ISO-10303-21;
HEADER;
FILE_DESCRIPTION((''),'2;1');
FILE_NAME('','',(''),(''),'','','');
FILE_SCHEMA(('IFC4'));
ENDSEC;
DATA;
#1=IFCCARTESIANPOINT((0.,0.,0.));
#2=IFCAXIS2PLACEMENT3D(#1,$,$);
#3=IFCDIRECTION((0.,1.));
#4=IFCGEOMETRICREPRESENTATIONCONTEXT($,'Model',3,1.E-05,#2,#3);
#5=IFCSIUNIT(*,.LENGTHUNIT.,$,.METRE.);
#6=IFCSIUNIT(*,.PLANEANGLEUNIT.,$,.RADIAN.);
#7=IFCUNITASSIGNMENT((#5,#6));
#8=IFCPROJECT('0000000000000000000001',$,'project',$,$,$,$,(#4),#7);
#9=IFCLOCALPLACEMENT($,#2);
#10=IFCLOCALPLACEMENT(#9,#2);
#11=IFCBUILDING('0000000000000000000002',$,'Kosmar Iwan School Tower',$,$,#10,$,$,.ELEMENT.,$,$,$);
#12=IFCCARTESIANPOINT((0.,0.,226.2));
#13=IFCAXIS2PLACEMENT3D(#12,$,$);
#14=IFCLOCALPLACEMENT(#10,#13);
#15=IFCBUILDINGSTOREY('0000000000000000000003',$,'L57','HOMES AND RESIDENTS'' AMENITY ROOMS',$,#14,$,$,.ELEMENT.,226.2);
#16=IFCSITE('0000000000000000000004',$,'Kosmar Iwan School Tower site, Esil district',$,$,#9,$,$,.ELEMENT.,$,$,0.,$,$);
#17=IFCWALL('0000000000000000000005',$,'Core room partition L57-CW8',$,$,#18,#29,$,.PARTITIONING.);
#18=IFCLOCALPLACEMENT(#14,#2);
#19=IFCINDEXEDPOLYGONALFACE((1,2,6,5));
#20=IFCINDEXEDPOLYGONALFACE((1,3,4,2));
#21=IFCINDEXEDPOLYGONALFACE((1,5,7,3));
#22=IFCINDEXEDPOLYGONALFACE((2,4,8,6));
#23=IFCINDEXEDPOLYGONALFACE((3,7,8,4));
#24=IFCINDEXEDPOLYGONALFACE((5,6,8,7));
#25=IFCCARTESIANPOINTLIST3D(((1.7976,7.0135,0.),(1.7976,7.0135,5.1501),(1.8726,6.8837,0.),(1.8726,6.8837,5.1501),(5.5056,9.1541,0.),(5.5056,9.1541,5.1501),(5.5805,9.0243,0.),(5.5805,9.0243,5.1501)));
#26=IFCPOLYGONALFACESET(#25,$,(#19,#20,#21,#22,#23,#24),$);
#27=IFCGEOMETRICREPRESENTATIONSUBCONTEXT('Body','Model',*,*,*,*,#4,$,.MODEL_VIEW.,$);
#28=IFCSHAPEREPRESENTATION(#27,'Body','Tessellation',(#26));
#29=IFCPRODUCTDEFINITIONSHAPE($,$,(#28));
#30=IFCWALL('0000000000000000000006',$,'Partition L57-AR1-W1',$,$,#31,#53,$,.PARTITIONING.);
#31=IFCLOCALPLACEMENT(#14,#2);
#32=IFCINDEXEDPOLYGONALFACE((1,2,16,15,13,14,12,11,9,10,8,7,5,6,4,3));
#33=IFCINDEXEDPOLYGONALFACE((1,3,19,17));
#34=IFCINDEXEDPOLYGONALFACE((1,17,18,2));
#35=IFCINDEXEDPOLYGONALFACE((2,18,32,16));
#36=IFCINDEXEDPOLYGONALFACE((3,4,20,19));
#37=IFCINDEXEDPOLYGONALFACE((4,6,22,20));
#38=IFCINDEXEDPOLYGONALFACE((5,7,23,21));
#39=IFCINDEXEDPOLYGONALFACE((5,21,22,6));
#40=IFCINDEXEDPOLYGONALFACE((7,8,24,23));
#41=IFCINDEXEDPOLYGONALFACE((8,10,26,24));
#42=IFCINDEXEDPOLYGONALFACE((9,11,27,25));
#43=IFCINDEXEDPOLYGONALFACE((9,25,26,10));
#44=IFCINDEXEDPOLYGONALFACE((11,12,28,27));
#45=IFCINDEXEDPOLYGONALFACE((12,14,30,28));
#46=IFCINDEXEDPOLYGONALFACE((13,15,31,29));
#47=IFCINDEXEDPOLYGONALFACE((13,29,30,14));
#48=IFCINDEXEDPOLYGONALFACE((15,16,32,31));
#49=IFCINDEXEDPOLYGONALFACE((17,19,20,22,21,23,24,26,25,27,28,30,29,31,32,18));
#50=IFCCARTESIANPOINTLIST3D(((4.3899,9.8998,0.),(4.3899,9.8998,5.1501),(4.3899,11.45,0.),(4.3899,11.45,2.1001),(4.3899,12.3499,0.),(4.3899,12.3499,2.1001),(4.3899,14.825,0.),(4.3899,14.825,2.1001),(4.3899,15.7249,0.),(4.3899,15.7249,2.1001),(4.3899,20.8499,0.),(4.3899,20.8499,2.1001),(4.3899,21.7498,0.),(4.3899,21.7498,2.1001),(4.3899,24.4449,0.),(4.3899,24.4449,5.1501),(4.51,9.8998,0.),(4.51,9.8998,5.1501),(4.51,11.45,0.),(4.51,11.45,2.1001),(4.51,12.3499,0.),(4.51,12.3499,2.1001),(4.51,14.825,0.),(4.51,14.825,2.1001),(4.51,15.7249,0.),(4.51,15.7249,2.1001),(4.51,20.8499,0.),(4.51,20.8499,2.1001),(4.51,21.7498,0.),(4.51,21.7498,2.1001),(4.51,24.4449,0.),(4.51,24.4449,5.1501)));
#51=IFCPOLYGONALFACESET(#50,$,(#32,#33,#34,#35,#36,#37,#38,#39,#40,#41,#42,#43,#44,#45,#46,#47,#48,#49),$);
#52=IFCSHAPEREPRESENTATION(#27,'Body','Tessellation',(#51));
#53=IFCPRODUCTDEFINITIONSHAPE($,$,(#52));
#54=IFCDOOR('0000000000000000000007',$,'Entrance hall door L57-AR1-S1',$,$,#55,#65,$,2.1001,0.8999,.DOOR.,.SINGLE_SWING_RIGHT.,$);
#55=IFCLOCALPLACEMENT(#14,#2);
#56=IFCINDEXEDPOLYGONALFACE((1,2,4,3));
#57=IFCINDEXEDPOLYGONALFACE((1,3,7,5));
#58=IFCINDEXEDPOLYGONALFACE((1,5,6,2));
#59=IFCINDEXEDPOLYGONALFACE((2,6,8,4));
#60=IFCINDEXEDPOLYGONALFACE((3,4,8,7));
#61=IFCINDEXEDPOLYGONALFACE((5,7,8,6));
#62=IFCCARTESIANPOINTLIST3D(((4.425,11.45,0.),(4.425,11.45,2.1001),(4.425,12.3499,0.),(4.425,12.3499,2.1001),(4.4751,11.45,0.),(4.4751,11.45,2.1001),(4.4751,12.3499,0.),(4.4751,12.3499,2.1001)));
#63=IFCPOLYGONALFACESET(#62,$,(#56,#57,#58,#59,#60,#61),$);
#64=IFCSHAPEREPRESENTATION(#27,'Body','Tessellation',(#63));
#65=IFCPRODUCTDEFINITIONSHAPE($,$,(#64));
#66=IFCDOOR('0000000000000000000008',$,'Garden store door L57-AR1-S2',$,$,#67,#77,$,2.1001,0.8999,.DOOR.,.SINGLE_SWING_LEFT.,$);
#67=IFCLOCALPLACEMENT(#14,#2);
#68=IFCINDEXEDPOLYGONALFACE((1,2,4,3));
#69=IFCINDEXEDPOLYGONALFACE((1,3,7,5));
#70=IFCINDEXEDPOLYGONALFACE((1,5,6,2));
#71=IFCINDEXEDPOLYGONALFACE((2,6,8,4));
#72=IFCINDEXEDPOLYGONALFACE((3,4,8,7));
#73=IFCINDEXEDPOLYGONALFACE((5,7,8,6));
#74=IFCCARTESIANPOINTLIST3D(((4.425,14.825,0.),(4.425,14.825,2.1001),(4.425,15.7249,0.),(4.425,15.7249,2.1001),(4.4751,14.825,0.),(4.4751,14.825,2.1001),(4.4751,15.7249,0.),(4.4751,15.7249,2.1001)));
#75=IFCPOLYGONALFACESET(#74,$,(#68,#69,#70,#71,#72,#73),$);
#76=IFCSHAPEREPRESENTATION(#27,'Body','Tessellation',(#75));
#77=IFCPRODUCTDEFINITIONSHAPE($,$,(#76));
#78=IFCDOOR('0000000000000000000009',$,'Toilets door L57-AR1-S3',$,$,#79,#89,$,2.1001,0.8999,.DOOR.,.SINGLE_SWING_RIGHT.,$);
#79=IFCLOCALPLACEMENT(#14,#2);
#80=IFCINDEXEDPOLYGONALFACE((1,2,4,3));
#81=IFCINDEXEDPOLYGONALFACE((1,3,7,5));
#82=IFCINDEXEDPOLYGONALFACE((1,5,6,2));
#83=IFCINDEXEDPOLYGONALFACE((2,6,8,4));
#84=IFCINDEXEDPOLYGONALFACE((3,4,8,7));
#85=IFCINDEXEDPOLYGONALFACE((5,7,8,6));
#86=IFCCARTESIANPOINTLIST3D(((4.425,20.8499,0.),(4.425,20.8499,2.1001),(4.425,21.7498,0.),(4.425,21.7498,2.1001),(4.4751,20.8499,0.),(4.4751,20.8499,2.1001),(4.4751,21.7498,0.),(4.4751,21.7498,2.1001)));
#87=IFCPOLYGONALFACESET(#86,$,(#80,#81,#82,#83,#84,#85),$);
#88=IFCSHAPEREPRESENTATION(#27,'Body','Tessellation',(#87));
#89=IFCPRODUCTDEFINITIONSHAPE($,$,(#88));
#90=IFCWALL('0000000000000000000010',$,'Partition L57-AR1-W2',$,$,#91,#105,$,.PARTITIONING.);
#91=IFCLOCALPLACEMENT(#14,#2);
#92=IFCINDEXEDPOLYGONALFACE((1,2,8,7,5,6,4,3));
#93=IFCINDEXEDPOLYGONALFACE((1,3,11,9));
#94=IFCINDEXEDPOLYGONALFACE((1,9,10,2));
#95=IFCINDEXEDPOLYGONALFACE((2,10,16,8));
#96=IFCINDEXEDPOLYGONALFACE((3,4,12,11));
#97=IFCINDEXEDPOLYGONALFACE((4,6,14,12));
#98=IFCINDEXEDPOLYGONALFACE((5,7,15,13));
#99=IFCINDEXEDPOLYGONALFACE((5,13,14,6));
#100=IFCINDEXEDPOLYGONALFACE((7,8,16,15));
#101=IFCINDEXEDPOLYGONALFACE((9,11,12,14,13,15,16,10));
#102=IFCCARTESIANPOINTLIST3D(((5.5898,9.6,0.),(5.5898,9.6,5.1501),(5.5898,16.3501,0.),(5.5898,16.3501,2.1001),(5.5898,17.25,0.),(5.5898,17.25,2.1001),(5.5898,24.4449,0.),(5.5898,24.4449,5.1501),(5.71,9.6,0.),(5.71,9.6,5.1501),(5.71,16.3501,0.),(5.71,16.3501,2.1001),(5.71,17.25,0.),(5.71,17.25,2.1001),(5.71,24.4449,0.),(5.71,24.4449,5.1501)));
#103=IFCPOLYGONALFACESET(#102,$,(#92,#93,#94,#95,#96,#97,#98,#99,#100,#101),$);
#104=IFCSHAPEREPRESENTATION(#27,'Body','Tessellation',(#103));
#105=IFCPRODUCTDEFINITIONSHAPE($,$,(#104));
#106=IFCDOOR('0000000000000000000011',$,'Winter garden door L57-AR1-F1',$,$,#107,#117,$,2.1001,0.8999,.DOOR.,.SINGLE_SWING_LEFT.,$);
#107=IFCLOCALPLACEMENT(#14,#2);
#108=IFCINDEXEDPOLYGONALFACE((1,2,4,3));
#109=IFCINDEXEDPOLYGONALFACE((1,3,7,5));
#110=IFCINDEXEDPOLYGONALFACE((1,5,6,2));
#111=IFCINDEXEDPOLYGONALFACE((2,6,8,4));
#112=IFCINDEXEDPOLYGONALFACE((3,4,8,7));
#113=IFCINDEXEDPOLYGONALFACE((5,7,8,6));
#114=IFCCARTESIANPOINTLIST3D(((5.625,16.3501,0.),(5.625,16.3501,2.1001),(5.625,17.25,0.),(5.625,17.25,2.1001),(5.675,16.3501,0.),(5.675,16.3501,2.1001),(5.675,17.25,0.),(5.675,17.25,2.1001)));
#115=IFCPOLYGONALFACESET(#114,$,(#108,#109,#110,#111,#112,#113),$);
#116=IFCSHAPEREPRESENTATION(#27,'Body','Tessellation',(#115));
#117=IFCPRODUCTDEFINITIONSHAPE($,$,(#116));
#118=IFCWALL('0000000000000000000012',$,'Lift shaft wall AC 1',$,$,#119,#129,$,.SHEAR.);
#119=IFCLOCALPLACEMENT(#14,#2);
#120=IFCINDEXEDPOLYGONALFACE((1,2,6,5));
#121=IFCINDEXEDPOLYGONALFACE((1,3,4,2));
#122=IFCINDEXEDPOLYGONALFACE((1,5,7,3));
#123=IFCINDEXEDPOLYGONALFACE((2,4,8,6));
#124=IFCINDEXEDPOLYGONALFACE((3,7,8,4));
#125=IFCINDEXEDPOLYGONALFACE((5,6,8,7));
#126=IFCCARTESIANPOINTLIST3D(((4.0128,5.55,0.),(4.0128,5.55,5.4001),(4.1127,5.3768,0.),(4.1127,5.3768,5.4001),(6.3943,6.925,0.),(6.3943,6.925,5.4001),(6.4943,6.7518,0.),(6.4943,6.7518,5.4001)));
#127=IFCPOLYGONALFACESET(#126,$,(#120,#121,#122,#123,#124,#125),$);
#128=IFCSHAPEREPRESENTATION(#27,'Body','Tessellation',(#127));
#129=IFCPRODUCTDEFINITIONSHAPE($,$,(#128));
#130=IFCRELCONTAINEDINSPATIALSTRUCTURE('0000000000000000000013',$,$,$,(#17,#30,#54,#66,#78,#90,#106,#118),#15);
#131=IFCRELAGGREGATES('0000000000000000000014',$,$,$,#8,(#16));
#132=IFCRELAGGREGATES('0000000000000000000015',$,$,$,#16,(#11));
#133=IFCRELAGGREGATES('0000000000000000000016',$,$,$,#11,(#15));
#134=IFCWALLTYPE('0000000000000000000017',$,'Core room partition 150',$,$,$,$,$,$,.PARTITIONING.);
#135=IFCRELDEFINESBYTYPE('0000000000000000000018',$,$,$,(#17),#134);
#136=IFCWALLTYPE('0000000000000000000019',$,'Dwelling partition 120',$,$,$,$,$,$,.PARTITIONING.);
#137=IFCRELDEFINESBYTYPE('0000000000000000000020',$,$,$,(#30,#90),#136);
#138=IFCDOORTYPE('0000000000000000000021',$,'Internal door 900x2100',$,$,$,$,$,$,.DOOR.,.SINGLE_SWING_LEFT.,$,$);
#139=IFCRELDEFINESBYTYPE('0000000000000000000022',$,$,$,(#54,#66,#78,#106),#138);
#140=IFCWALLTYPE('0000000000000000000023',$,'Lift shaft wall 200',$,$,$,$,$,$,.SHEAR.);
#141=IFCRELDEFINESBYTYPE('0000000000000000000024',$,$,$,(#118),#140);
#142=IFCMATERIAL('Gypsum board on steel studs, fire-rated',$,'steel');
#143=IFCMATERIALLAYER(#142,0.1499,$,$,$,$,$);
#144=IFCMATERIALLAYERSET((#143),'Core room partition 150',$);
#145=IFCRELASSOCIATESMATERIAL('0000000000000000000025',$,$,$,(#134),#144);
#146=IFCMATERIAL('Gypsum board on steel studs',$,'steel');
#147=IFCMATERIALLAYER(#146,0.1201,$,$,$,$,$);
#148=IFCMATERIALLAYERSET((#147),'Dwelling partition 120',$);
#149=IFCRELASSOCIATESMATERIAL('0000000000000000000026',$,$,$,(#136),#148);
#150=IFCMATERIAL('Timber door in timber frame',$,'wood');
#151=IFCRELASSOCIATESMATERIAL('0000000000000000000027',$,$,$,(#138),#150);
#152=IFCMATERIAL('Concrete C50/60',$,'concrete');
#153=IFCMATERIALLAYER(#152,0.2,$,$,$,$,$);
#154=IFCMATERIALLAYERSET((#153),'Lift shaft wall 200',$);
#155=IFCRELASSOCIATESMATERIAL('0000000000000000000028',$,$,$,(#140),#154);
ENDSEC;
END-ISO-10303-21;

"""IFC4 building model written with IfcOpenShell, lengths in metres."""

from ifc_helpers import new_model, si_unit, direction, frame, frame_2d, origin, place, context, subcontext, project, spatial, rectangle, extrude, material, layer, layer_set, type_object, element, fill, save


model = new_model("IFC4")

# Units and contexts
model_context = context("Model", 3, precision=1e-05, world=origin(), true_north=direction((0.0, 1.0)))
body_context = subcontext(model_context, "Body", "Model", "MODEL_VIEW")
ifc_project = project(units=[si_unit("LENGTHUNIT", "METRE"), si_unit("PLANEANGLEUNIT", "RADIAN")], contexts=[model_context])

# Site, building, storey
site_placement = place(None, origin())
site = spatial("IfcSite", under=ifc_project, at=site_placement, Name="Kosmar Iwan School Tower site, Esil district", CompositionType="ELEMENT", RefElevation=0.0)
building_placement = place(site_placement, origin())
building = spatial("IfcBuilding", under=site, at=building_placement, Name="Kosmar Iwan School Tower", CompositionType="ELEMENT")
storey_placement = place(building_placement, frame((0.0, 0.0, 226.2)))
storey = spatial("IfcBuildingStorey", under=building, at=storey_placement, Name="L57", Description="HOMES AND RESIDENTS' AMENITY ROOMS", CompositionType="ELEMENT", Elevation=226.2)

# Wall
ifc_material_1 = material(Name="Gypsum board on steel studs, fire-rated", Category="steel")
ifc_layer_1 = layer(ifc_material_1, 0.1499)
ifc_layer_set_1 = layer_set([ifc_layer_1], Name="Core room partition 150")
wall_type_1 = type_object("IfcWallType", Name="Core room partition 150", PredefinedType="PARTITIONING", material=ifc_layer_set_1)
wall_1_placement = place(storey_placement, frame((5.543, 9.0891, 0.0), z_axis=(0.0, 0.0, 1.0), x_axis=(-0.866045, -0.499966, 0.0)))
element("IfcWall", 1, at=wall_1_placement, inside=storey, type_object=wall_type_1, Name="Core room partition L57-CW8", PredefinedType="PARTITIONING", context=body_context, shape_type="SweptSolid", body=[
    extrude(rectangle(XDim=4.2815, YDim=0.1499, at=frame_2d((2.1406, 0.0))), origin(), (0.0, 0.0, 1.0), 5.1501),
])

# Wall, openings, doors
ifc_material_2 = material(Name="Gypsum board on steel studs", Category="steel")
ifc_layer_2 = layer(ifc_material_2, 0.1201)
ifc_layer_set_2 = layer_set([ifc_layer_2], Name="Dwelling partition 120")
wall_type_2 = type_object("IfcWallType", Name="Dwelling partition 120", PredefinedType="PARTITIONING", material=ifc_layer_set_2)
wall_2_placement = place(storey_placement, frame((4.45, 9.8999, 0.0), z_axis=(0.0, 0.0, 1.0), x_axis=(0.0, 1.0, 0.0)))
wall_2 = element("IfcWall", 2, at=wall_2_placement, inside=storey, type_object=wall_type_2, Name="Partition L57-AR1-W1", PredefinedType="PARTITIONING", context=body_context, shape_type="SweptSolid", body=[
    extrude(rectangle(XDim=14.5452, YDim=0.1201, at=frame_2d((7.2725, 0.0))), origin(), (0.0, 0.0, 1.0), 5.1501),
])
opening_1_placement = place(wall_2_placement, frame((1.55, 0.0, 0.0)))
opening_1 = element("IfcOpeningElement", 3, at=opening_1_placement, cuts=wall_2, PredefinedType="OPENING", context=body_context, shape_type="SweptSolid", body=[
    extrude(rectangle(XDim=0.8999, YDim=2.1001, at=frame_2d((0.45, 1.05))), frame((0.0, 0.072, 0.0), z_axis=(0.0, -1.0, 0.0), x_axis=(1.0, 0.0, 0.0)), (0.0, 0.0, 1.0), 0.144),
])
opening_2_placement = place(wall_2_placement, frame((4.925, 0.0, 0.0)))
opening_2 = element("IfcOpeningElement", 4, at=opening_2_placement, cuts=wall_2, PredefinedType="OPENING", context=body_context, shape_type="SweptSolid", body=[
    extrude(rectangle(XDim=0.8999, YDim=2.1001, at=frame_2d((0.45, 1.05))), frame((0.0, 0.072, 0.0), z_axis=(0.0, -1.0, 0.0), x_axis=(1.0, 0.0, 0.0)), (0.0, 0.0, 1.0), 0.144),
])
opening_3_placement = place(wall_2_placement, frame((10.95, 0.0, 0.0)))
opening_3 = element("IfcOpeningElement", 5, at=opening_3_placement, cuts=wall_2, PredefinedType="OPENING", context=body_context, shape_type="SweptSolid", body=[
    extrude(rectangle(XDim=0.8999, YDim=2.1001, at=frame_2d((0.45, 1.05))), frame((0.0, 0.072, 0.0), z_axis=(0.0, -1.0, 0.0), x_axis=(1.0, 0.0, 0.0)), (0.0, 0.0, 1.0), 0.144),
])
ifc_material_3 = material(Name="Timber door in timber frame", Category="wood")
door_type = type_object("IfcDoorType", Name="Internal door 900x2100", OperationType="SINGLE_SWING_LEFT", PredefinedType="DOOR", material=ifc_material_3)
door_1_placement = place(opening_1_placement, origin())
door_1 = element("IfcDoor", 6, at=door_1_placement, inside=storey, type_object=door_type, Name="Entrance hall door L57-AR1-S1", OperationType="SINGLE_SWING_RIGHT", OverallHeight=2.1001, OverallWidth=0.8999, PredefinedType="DOOR", context=body_context, shape_type="SweptSolid", body=[
    extrude(rectangle(XDim=0.8999, YDim=2.1001, at=frame_2d((0.45, 1.05))), frame((0.0, 0.0249, 0.0), z_axis=(0.0, -1.0, 0.0), x_axis=(1.0, 0.0, 0.0)), (0.0, 0.0, 1.0), 0.05),
])
fill(opening_1, door_1)
door_2_placement = place(opening_2_placement, origin())
door_2 = element("IfcDoor", 7, at=door_2_placement, inside=storey, type_object=door_type, Name="Garden store door L57-AR1-S2", OperationType="SINGLE_SWING_LEFT", OverallHeight=2.1001, OverallWidth=0.8999, PredefinedType="DOOR", context=body_context, shape_type="SweptSolid", body=[
    extrude(rectangle(XDim=0.8999, YDim=2.1001, at=frame_2d((0.45, 1.05))), frame((0.0, 0.0249, 0.0), z_axis=(0.0, -1.0, 0.0), x_axis=(1.0, 0.0, 0.0)), (0.0, 0.0, 1.0), 0.05),
])
fill(opening_2, door_2)
door_3_placement = place(opening_3_placement, origin())
door_3 = element("IfcDoor", 8, at=door_3_placement, inside=storey, type_object=door_type, Name="Toilets door L57-AR1-S3", OperationType="SINGLE_SWING_RIGHT", OverallHeight=2.1001, OverallWidth=0.8999, PredefinedType="DOOR", context=body_context, shape_type="SweptSolid", body=[
    extrude(rectangle(XDim=0.8999, YDim=2.1001, at=frame_2d((0.45, 1.05))), frame((0.0, 0.0249, 0.0), z_axis=(0.0, -1.0, 0.0), x_axis=(1.0, 0.0, 0.0)), (0.0, 0.0, 1.0), 0.05),
])
fill(opening_3, door_3)

# Wall, opening, door
wall_3_placement = place(storey_placement, frame((5.6499, 9.6001, 0.0), z_axis=(0.0, 0.0, 1.0), x_axis=(0.0, 1.0, 0.0)))
wall_3 = element("IfcWall", 9, at=wall_3_placement, inside=storey, type_object=wall_type_2, Name="Partition L57-AR1-W2", PredefinedType="PARTITIONING", context=body_context, shape_type="SweptSolid", body=[
    extrude(rectangle(XDim=14.845, YDim=0.1201, at=frame_2d((7.4224, 0.0))), origin(), (0.0, 0.0, 1.0), 5.1501),
])
opening_4_placement = place(wall_3_placement, frame((6.75, 0.0, 0.0)))
opening_4 = element("IfcOpeningElement", 10, at=opening_4_placement, cuts=wall_3, PredefinedType="OPENING", context=body_context, shape_type="SweptSolid", body=[
    extrude(rectangle(XDim=0.8999, YDim=2.1001, at=frame_2d((0.45, 1.05))), frame((0.0, 0.072, 0.0), z_axis=(0.0, -1.0, 0.0), x_axis=(1.0, 0.0, 0.0)), (0.0, 0.0, 1.0), 0.144),
])
door_4_placement = place(opening_4_placement, origin())
door_4 = element("IfcDoor", 11, at=door_4_placement, inside=storey, type_object=door_type, Name="Winter garden door L57-AR1-F1", OperationType="SINGLE_SWING_LEFT", OverallHeight=2.1001, OverallWidth=0.8999, PredefinedType="DOOR", context=body_context, shape_type="SweptSolid", body=[
    extrude(rectangle(XDim=0.8999, YDim=2.1001, at=frame_2d((0.45, 1.05))), frame((0.0, 0.0249, 0.0), z_axis=(0.0, -1.0, 0.0), x_axis=(1.0, 0.0, 0.0)), (0.0, 0.0, 1.0), 0.05),
])
fill(opening_4, door_4)

# Wall
ifc_material_4 = material(Name="Concrete C50/60", Category="concrete")
ifc_layer_3 = layer(ifc_material_4, 0.2)
ifc_layer_set_3 = layer_set([ifc_layer_3], Name="Lift shaft wall 200")
wall_type_3 = type_object("IfcWallType", Name="Lift shaft wall 200", PredefinedType="SHEAR", material=ifc_layer_set_3)
wall_4_placement = place(storey_placement, frame((4.0627, 5.4634, 0.0), z_axis=(0.0, 0.0, 1.0), x_axis=(0.866027, 0.499997, 0.0)))
element("IfcWall", 12, at=wall_4_placement, inside=storey, type_object=wall_type_3, Name="Lift shaft wall AC 1", PredefinedType="SHEAR", context=body_context, shape_type="SweptSolid", body=[
    extrude(rectangle(XDim=2.75, YDim=0.2, at=frame_2d((1.375, 0.0))), origin(), (0.0, 0.0, 1.0), 5.4001),
])

save(model, "model.ifc")
